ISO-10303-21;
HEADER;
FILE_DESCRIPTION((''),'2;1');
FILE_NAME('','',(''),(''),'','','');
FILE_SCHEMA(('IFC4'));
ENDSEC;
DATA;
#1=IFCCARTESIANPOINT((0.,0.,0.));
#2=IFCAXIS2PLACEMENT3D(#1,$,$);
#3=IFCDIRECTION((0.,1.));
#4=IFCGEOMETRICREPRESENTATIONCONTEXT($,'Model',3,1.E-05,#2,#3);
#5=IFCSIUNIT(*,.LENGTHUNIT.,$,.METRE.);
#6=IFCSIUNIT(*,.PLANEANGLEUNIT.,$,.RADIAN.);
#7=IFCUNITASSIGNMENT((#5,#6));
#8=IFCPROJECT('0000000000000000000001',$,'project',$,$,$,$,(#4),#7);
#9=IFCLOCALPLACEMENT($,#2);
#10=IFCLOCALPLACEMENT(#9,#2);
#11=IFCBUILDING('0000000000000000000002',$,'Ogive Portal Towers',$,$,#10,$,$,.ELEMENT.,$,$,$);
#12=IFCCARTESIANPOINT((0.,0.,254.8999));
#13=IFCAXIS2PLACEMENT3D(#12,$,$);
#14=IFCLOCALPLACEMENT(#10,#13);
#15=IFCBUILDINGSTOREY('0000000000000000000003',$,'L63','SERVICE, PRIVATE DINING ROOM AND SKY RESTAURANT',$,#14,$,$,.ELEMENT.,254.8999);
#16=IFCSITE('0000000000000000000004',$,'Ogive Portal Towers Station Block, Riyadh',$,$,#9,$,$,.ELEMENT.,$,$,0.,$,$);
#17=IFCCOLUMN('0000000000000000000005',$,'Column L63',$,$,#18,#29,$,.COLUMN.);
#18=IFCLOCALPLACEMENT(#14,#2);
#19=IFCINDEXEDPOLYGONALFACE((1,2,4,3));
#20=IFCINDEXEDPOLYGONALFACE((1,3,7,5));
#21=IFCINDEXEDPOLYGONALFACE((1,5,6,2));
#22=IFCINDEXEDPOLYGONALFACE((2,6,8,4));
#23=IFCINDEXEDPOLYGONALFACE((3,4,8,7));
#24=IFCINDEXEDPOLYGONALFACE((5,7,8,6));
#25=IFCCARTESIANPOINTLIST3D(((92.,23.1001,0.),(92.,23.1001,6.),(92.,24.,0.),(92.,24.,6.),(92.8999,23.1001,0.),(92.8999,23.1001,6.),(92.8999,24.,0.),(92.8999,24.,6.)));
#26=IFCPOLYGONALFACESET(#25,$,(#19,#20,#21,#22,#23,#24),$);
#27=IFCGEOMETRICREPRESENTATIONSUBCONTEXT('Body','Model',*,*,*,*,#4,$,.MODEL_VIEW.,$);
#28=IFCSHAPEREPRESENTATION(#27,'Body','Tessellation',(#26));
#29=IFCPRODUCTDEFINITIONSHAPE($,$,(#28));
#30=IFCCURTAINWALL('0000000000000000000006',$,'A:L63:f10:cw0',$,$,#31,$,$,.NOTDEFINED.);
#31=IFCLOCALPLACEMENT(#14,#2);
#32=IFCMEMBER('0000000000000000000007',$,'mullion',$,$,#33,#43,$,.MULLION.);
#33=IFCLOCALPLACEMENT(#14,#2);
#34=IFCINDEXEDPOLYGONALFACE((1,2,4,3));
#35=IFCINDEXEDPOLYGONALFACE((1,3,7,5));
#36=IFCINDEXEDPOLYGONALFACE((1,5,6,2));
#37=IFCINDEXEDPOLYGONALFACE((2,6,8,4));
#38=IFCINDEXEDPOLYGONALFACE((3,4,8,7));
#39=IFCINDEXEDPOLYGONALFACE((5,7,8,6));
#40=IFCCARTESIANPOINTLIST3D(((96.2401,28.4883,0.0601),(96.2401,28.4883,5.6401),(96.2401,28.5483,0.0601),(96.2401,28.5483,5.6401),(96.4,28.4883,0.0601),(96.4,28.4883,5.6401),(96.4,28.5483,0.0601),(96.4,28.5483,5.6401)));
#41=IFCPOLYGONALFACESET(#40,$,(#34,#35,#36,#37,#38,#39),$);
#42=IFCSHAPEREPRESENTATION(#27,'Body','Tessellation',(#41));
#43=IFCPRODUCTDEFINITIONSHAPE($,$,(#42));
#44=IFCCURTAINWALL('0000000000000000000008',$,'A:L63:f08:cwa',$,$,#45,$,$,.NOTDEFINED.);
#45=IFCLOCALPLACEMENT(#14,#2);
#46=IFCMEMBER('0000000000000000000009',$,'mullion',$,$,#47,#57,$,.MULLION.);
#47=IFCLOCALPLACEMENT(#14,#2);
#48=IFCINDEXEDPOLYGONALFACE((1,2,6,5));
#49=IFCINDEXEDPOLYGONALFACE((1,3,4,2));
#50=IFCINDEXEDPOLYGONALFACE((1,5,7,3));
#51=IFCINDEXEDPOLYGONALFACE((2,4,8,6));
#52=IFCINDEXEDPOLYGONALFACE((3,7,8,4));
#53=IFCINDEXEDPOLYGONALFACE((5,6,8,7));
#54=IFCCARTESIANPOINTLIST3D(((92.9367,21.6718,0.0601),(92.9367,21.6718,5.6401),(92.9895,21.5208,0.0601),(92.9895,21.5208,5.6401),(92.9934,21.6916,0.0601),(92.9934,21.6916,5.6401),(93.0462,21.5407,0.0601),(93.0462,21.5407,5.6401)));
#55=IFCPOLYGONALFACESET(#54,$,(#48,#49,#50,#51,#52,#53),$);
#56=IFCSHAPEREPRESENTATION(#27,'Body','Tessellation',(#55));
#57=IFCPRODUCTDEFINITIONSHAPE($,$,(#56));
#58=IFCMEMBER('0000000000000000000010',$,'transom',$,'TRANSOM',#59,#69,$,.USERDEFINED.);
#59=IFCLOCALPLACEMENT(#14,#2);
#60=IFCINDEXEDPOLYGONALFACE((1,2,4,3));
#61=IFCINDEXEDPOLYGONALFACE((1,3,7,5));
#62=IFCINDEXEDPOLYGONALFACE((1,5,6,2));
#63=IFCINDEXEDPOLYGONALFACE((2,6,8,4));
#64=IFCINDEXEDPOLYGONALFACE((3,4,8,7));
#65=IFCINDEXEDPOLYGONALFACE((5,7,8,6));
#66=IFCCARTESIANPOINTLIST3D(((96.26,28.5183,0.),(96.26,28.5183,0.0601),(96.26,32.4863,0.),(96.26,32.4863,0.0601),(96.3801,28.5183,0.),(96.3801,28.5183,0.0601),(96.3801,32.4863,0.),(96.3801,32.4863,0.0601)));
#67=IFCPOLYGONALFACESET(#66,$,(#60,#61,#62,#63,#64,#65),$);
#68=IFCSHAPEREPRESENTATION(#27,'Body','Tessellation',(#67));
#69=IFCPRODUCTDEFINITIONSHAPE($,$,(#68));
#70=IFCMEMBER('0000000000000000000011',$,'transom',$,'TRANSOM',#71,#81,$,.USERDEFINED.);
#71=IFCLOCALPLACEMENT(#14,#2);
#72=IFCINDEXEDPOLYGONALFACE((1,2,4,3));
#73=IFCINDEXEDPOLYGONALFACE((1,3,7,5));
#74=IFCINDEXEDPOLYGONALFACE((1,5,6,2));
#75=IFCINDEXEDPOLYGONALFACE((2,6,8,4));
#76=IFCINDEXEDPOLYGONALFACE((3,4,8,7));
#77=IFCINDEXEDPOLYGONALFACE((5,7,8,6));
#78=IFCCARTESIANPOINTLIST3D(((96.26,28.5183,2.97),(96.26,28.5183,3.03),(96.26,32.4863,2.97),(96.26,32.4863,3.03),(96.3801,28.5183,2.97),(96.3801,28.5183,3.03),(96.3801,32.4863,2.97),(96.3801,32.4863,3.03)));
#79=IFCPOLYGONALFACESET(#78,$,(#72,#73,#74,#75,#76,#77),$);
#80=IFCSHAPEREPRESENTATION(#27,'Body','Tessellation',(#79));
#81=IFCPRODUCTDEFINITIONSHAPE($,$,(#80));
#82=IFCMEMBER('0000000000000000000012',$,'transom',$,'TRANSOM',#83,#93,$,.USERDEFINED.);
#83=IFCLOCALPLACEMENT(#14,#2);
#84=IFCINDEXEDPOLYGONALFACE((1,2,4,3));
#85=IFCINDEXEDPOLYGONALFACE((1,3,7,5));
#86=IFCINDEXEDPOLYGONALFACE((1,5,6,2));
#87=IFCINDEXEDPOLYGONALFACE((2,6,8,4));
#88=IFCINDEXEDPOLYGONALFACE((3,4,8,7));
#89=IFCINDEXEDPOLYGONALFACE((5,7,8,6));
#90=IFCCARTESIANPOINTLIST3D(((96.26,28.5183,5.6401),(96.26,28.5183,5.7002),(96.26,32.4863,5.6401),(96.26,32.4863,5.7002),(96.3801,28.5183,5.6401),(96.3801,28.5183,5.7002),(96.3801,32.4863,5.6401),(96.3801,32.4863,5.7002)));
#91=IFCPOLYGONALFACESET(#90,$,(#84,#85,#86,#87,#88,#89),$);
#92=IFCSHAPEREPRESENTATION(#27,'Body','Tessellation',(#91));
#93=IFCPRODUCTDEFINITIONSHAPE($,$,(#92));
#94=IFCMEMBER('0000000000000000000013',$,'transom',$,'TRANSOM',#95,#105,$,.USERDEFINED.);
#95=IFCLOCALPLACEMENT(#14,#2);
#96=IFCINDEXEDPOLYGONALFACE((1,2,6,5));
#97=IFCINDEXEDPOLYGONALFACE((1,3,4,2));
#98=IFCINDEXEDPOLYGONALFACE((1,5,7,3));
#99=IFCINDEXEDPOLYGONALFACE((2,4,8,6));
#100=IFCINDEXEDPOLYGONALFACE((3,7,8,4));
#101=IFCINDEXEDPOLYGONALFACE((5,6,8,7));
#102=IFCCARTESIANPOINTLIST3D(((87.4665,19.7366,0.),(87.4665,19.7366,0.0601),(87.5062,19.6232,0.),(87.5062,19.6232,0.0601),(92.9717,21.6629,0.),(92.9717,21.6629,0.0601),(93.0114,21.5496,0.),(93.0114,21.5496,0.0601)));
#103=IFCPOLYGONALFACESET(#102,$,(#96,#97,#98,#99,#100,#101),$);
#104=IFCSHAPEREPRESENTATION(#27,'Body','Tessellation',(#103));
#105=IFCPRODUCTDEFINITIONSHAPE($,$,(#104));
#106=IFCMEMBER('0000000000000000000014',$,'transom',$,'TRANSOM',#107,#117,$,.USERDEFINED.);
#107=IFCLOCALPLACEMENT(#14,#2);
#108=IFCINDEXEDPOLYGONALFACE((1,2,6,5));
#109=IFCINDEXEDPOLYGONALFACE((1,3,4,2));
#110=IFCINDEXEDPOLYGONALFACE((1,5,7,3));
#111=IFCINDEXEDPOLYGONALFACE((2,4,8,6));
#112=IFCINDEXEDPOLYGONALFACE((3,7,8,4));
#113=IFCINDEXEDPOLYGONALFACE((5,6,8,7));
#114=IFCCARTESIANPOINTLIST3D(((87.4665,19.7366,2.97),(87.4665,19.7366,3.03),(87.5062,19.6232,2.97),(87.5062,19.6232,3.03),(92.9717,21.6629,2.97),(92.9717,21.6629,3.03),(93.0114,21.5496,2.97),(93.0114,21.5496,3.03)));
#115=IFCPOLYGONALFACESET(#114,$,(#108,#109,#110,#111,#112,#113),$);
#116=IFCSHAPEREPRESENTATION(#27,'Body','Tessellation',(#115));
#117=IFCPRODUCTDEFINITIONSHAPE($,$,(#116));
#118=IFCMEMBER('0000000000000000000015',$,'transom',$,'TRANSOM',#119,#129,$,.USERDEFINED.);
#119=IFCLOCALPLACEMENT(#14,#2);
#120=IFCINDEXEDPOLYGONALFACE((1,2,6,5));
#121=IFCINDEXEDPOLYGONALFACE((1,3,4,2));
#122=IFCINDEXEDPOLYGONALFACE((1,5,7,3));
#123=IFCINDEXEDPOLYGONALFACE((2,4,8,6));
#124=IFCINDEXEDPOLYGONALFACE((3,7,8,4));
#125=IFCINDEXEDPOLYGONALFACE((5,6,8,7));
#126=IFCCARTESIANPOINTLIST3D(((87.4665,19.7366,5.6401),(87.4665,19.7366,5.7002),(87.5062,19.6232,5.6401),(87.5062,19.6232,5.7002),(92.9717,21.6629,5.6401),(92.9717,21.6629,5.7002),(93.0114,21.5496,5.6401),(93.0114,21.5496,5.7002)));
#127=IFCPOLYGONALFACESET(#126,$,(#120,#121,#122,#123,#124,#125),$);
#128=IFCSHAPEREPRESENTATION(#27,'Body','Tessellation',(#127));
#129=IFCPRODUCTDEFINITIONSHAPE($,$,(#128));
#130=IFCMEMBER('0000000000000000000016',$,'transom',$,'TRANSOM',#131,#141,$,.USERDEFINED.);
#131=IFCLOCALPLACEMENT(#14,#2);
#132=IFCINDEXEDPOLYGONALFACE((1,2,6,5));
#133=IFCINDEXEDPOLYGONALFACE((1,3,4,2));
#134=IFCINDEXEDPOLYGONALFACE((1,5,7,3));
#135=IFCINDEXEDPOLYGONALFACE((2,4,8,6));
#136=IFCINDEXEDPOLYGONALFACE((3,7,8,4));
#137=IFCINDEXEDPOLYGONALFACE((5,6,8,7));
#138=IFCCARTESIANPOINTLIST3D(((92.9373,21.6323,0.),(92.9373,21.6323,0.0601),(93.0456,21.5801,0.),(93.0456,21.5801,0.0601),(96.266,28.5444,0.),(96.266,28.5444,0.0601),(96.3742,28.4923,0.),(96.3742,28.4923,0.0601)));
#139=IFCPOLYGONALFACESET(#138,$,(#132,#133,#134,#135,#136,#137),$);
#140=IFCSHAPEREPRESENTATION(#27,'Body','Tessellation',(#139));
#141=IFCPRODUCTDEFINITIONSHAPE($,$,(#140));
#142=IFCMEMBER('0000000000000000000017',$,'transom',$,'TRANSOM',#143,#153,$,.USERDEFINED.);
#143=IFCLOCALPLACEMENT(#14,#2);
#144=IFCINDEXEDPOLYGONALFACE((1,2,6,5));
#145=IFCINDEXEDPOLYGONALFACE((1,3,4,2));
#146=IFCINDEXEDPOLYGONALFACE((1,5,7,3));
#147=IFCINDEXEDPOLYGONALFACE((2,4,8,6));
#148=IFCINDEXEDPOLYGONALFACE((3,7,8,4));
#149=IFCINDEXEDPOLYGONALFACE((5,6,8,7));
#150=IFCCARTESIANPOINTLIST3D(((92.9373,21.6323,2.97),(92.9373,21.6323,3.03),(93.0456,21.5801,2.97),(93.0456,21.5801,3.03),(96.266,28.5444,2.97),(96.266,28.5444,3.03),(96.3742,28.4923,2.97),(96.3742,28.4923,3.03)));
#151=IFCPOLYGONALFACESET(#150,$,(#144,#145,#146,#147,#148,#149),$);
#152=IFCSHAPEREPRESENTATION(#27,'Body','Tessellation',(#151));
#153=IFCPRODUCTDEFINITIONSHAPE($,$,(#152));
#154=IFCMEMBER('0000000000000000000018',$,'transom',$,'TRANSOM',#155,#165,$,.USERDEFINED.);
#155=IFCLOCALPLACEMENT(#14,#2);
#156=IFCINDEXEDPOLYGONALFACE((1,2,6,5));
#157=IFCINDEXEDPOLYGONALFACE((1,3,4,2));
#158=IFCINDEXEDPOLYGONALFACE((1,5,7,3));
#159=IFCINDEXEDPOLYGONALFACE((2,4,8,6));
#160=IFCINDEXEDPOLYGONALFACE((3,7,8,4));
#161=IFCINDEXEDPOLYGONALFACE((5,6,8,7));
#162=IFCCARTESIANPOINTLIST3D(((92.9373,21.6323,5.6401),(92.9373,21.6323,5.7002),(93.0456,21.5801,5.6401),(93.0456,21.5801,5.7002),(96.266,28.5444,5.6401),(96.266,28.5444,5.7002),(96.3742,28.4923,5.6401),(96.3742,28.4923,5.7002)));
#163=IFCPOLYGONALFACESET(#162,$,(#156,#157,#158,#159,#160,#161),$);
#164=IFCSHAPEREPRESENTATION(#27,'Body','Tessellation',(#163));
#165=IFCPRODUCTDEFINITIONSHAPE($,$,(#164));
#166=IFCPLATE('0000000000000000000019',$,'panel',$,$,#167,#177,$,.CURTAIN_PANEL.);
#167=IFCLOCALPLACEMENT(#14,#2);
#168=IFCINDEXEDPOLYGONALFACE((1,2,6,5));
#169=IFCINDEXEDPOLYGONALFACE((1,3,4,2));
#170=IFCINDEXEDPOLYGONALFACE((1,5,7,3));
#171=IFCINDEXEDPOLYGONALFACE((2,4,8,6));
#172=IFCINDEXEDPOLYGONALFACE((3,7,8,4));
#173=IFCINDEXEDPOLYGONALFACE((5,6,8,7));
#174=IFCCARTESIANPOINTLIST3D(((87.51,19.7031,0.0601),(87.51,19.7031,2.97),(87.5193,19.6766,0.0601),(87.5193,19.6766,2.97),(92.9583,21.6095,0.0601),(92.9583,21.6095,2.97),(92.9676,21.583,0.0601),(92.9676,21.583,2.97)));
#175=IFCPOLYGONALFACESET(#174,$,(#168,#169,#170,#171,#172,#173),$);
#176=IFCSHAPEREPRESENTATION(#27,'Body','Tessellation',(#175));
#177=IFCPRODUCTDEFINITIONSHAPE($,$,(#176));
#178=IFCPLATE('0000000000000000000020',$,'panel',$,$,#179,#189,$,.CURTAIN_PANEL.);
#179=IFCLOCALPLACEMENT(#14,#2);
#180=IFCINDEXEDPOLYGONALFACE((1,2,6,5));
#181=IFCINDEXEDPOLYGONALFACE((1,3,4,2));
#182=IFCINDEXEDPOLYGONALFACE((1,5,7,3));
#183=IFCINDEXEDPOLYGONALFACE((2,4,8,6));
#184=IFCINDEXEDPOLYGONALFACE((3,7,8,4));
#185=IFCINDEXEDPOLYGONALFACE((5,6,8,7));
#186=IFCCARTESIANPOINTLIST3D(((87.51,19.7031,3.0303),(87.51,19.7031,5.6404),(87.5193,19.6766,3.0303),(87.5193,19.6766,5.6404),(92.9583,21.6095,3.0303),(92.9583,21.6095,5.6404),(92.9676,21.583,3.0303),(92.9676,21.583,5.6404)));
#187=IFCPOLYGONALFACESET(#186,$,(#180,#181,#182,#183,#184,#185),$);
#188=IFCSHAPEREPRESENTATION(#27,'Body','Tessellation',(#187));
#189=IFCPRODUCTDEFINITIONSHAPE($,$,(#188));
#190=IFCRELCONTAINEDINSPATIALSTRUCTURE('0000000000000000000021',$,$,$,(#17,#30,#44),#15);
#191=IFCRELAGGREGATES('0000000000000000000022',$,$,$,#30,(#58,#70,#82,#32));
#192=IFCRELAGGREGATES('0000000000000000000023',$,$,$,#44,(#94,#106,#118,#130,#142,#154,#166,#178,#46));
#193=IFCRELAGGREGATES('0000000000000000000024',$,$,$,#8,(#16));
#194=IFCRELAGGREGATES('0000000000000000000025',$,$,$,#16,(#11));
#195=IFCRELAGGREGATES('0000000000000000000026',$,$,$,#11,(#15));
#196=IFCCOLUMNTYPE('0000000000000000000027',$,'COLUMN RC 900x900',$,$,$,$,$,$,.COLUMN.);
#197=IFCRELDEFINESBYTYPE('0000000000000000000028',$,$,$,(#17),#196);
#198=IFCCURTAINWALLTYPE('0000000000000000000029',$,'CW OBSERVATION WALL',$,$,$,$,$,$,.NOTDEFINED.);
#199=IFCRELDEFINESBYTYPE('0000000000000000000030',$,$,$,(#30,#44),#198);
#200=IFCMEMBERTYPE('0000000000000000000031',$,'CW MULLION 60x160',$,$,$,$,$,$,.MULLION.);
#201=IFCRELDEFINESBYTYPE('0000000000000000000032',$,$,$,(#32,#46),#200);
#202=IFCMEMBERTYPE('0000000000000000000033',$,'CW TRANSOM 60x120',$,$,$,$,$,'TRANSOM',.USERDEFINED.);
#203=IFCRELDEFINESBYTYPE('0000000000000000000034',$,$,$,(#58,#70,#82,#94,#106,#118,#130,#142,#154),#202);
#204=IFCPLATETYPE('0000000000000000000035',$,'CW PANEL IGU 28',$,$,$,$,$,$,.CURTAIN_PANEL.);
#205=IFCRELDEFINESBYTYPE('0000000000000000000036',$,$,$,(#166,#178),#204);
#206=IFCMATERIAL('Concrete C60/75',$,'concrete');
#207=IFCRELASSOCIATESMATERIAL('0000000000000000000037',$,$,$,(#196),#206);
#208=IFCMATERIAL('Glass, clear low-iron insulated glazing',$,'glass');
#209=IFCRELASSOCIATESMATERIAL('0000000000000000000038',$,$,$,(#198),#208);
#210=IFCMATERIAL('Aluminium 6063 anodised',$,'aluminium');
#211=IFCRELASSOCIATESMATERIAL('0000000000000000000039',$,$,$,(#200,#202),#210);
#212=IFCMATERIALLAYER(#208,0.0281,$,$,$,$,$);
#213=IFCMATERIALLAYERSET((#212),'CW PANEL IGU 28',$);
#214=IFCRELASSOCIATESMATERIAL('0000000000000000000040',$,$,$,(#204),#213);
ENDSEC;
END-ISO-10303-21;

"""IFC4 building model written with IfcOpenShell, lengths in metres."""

from ifc_helpers import new_model, si_unit, direction, frame, origin, origin_2d, place, context, subcontext, project, spatial, rectangle, extrude, material, layer, layer_set, material_profile, profile_set, type_object, element, aggregate, save


model = new_model("IFC4")

# Units and contexts
model_context = context("Model", 3, precision=1e-05, world=origin(), true_north=direction((0.0, 1.0)))
body_context = subcontext(model_context, "Body", "Model", "MODEL_VIEW")
ifc_project = project(units=[si_unit("LENGTHUNIT", "METRE"), si_unit("PLANEANGLEUNIT", "RADIAN")], contexts=[model_context])

# Site, building, storey
site_placement = place(None, origin())
site = spatial("IfcSite", under=ifc_project, at=site_placement, Name="Ogive Portal Towers Station Block, Riyadh", CompositionType="ELEMENT", RefElevation=0.0)
building_placement = place(site_placement, origin())
building = spatial("IfcBuilding", under=site, at=building_placement, Name="Ogive Portal Towers", CompositionType="ELEMENT")
storey_placement = place(building_placement, frame((0.0, 0.0, 254.8999)))
storey = spatial("IfcBuildingStorey", under=building, at=storey_placement, Name="L63", Description="SERVICE, PRIVATE DINING ROOM AND SKY RESTAURANT", CompositionType="ELEMENT", Elevation=254.8999)

# Column
ifc_material_1 = material(Name="Concrete C60/75", Category="concrete")
ifc_material_profile_1 = material_profile(ifc_material_1, rectangle(XDim=0.8999, YDim=0.8999, at=origin_2d()), Name="RC 900x900")
ifc_profile_set_1 = profile_set([ifc_material_profile_1], Name="Concrete C60/75")
column_type = type_object("IfcColumnType", Name="COLUMN RC 900x900", PredefinedType="COLUMN", material=ifc_profile_set_1)
column_placement = place(storey_placement, frame((92.45, 23.55, 0.0), z_axis=(0.0, 0.0, 1.0), x_axis=(1.0, 0.0, 0.0)))
element("IfcColumn", 1, at=column_placement, inside=storey, type_object=column_type, Name="Column L63", PredefinedType="COLUMN", context=body_context, shape_type="SweptSolid", body=[
    extrude(rectangle(XDim=0.8999, YDim=0.8999, at=origin_2d()), origin(), (0.0, 0.0, 1.0), 6.0),
])

# Curtain walls, members
ifc_material_2 = material(Name="Glass, clear low-iron insulated glazing", Category="glass")
curtain_wall_type = type_object("IfcCurtainWallType", Name="CW OBSERVATION WALL", PredefinedType="NOTDEFINED", material=ifc_material_2)
curtain_wall_1_placement = place(storey_placement, origin())
curtain_wall_1 = element("IfcCurtainWall", 2, at=curtain_wall_1_placement, inside=storey, type_object=curtain_wall_type, Name="A:L63:f10:cw0", PredefinedType="NOTDEFINED")
ifc_material_3 = material(Name="Aluminium 6063 anodised", Category="aluminium")
ifc_material_profile_2 = material_profile(ifc_material_3, rectangle(XDim=0.1599, YDim=0.0601, at=origin_2d()), Name="AL 60x160")
ifc_profile_set_2 = profile_set([ifc_material_profile_2], Name="Aluminium 6063 anodised")
member_type_1 = type_object("IfcMemberType", Name="CW MULLION 60x160", PredefinedType="MULLION", material=ifc_profile_set_2)
member_1_placement = place(storey_placement, frame((96.3201, 28.5183, 0.0601), z_axis=(0.0, 0.0, 1.0), x_axis=(-1.0, 0.0, 0.0)))
member_1 = element("IfcMember", 3, at=member_1_placement, type_object=member_type_1, Name="mullion", PredefinedType="MULLION", context=body_context, shape_type="SweptSolid", body=[
    extrude(rectangle(XDim=0.1599, YDim=0.0601, at=origin_2d()), origin(), (0.0, 0.0, 1.0), 5.5801),
])
curtain_wall_2_placement = place(storey_placement, origin())
curtain_wall_2 = element("IfcCurtainWall", 4, at=curtain_wall_2_placement, inside=storey, type_object=curtain_wall_type, Name="A:L63:f08:cwa", PredefinedType="NOTDEFINED")
member_2_placement = place(storey_placement, frame((92.9915, 21.6062, 0.0601), z_axis=(0.0, 0.0, 1.0), x_axis=(-0.330279, 0.943883, 0.0)))
member_2 = element("IfcMember", 5, at=member_2_placement, type_object=member_type_1, Name="mullion", PredefinedType="MULLION", context=body_context, shape_type="SweptSolid", body=[
    extrude(rectangle(XDim=0.1599, YDim=0.0601, at=origin_2d()), origin(), (0.0, 0.0, 1.0), 5.5801),
])

# Members
ifc_material_profile_3 = material_profile(ifc_material_3, rectangle(XDim=0.1201, YDim=0.0601, at=origin_2d()), Name="AL 120x60")
ifc_profile_set_3 = profile_set([ifc_material_profile_3], Name="Aluminium 6063 anodised")
member_type_2 = type_object("IfcMemberType", Name="CW TRANSOM 60x120", ElementType="TRANSOM", PredefinedType="USERDEFINED", material=ifc_profile_set_3)
member_3_placement = place(storey_placement, frame((96.3201, 28.5183, 0.03), z_axis=(0.0, 1.0, 0.0), x_axis=(-1.0, 0.0, 0.0)))
member_3 = element("IfcMember", 6, at=member_3_placement, type_object=member_type_2, Name="transom", ObjectType="TRANSOM", PredefinedType="USERDEFINED", context=body_context, shape_type="SweptSolid", body=[
    extrude(rectangle(XDim=0.1201, YDim=0.0601, at=origin_2d()), origin(), (0.0, 0.0, 1.0), 3.968),
])
member_4_placement = place(storey_placement, frame((96.3201, 28.5183, 3.0), z_axis=(0.0, 1.0, 0.0), x_axis=(-1.0, 0.0, 0.0)))
member_4 = element("IfcMember", 7, at=member_4_placement, type_object=member_type_2, Name="transom", ObjectType="TRANSOM", PredefinedType="USERDEFINED", context=body_context, shape_type="SweptSolid", body=[
    extrude(rectangle(XDim=0.1201, YDim=0.0601, at=origin_2d()), origin(), (0.0, 0.0, 1.0), 3.968),
])
member_5_placement = place(storey_placement, frame((96.3201, 28.5183, 5.6702), z_axis=(0.0, 1.0, 0.0), x_axis=(-1.0, 0.0, 0.0)))
member_5 = element("IfcMember", 8, at=member_5_placement, type_object=member_type_2, Name="transom", ObjectType="TRANSOM", PredefinedType="USERDEFINED", context=body_context, shape_type="SweptSolid", body=[
    extrude(rectangle(XDim=0.1201, YDim=0.0601, at=origin_2d()), origin(), (0.0, 0.0, 1.0), 3.968),
])
aggregate(curtain_wall_1, [member_3, member_4, member_5, member_1])
member_6_placement = place(storey_placement, frame((87.4863, 19.6799, 0.03), z_axis=(0.943886, 0.33027, 0.0), x_axis=(-0.33027, 0.943886, 0.0)))
member_6 = element("IfcMember", 9, at=member_6_placement, type_object=member_type_2, Name="transom", ObjectType="TRANSOM", PredefinedType="USERDEFINED", context=body_context, shape_type="SweptSolid", body=[
    extrude(rectangle(XDim=0.1201, YDim=0.0601, at=origin_2d()), origin(), (0.0, 0.0, 1.0), 5.8325),
])
member_7_placement = place(storey_placement, frame((87.4863, 19.6799, 3.0), z_axis=(0.943886, 0.33027, 0.0), x_axis=(-0.33027, 0.943886, 0.0)))
member_7 = element("IfcMember", 10, at=member_7_placement, type_object=member_type_2, Name="transom", ObjectType="TRANSOM", PredefinedType="USERDEFINED", context=body_context, shape_type="SweptSolid", body=[
    extrude(rectangle(XDim=0.1201, YDim=0.0601, at=origin_2d()), origin(), (0.0, 0.0, 1.0), 5.8325),
])
member_8_placement = place(storey_placement, frame((87.4863, 19.6799, 5.6702), z_axis=(0.943886, 0.33027, 0.0), x_axis=(-0.33027, 0.943886, 0.0)))
member_8 = element("IfcMember", 11, at=member_8_placement, type_object=member_type_2, Name="transom", ObjectType="TRANSOM", PredefinedType="USERDEFINED", context=body_context, shape_type="SweptSolid", body=[
    extrude(rectangle(XDim=0.1201, YDim=0.0601, at=origin_2d()), origin(), (0.0, 0.0, 1.0), 5.8325),
])
member_9_placement = place(storey_placement, frame((92.9915, 21.6062, 0.03), z_axis=(0.433875, 0.900973, 0.0), x_axis=(-0.900973, 0.433875, 0.0)))
member_9 = element("IfcMember", 12, at=member_9_placement, type_object=member_type_2, Name="transom", ObjectType="TRANSOM", PredefinedType="USERDEFINED", context=body_context, shape_type="SweptSolid", body=[
    extrude(rectangle(XDim=0.1201, YDim=0.0601, at=origin_2d()), origin(), (0.0, 0.0, 1.0), 7.6719),
])
member_10_placement = place(storey_placement, frame((92.9915, 21.6062, 3.0), z_axis=(0.433875, 0.900973, 0.0), x_axis=(-0.900973, 0.433875, 0.0)))
member_10 = element("IfcMember", 13, at=member_10_placement, type_object=member_type_2, Name="transom", ObjectType="TRANSOM", PredefinedType="USERDEFINED", context=body_context, shape_type="SweptSolid", body=[
    extrude(rectangle(XDim=0.1201, YDim=0.0601, at=origin_2d()), origin(), (0.0, 0.0, 1.0), 7.6719),
])
member_11_placement = place(storey_placement, frame((92.9915, 21.6062, 5.6702), z_axis=(0.433875, 0.900973, 0.0), x_axis=(-0.900973, 0.433875, 0.0)))
member_11 = element("IfcMember", 14, at=member_11_placement, type_object=member_type_2, Name="transom", ObjectType="TRANSOM", PredefinedType="USERDEFINED", context=body_context, shape_type="SweptSolid", body=[
    extrude(rectangle(XDim=0.1201, YDim=0.0601, at=origin_2d()), origin(), (0.0, 0.0, 1.0), 7.6719),
])

# Plates
ifc_layer_1 = layer(ifc_material_2, 0.0281)
ifc_layer_set_1 = layer_set([ifc_layer_1], Name="CW PANEL IGU 28")
plate_type = type_object("IfcPlateType", Name="CW PANEL IGU 28", PredefinedType="CURTAIN_PANEL", material=ifc_layer_set_1)
plate_1_placement = place(storey_placement, frame((90.2388, 20.6431, 0.0601), z_axis=(0.0, 0.0, 1.0), x_axis=(0.943883, 0.330279, 0.0)))
plate_1 = element("IfcPlate", 15, at=plate_1_placement, type_object=plate_type, Name="panel", PredefinedType="CURTAIN_PANEL", context=body_context, shape_type="SweptSolid", body=[
    extrude(rectangle(XDim=5.7722, YDim=0.0281, at=origin_2d()), origin(), (0.0, 0.0, 1.0), 2.9099),
])
plate_2_placement = place(storey_placement, frame((90.2388, 20.6431, 3.0303), z_axis=(0.0, 0.0, 1.0), x_axis=(0.943883, 0.330279, 0.0)))
plate_2 = element("IfcPlate", 16, at=plate_2_placement, type_object=plate_type, Name="panel", PredefinedType="CURTAIN_PANEL", context=body_context, shape_type="SweptSolid", body=[
    extrude(rectangle(XDim=5.7722, YDim=0.0281, at=origin_2d()), origin(), (0.0, 0.0, 1.0), 2.6101),
])
aggregate(curtain_wall_2, [member_6, member_7, member_8, member_9, member_10, member_11, plate_1, plate_2, member_2])

save(model, "model.ifc")
